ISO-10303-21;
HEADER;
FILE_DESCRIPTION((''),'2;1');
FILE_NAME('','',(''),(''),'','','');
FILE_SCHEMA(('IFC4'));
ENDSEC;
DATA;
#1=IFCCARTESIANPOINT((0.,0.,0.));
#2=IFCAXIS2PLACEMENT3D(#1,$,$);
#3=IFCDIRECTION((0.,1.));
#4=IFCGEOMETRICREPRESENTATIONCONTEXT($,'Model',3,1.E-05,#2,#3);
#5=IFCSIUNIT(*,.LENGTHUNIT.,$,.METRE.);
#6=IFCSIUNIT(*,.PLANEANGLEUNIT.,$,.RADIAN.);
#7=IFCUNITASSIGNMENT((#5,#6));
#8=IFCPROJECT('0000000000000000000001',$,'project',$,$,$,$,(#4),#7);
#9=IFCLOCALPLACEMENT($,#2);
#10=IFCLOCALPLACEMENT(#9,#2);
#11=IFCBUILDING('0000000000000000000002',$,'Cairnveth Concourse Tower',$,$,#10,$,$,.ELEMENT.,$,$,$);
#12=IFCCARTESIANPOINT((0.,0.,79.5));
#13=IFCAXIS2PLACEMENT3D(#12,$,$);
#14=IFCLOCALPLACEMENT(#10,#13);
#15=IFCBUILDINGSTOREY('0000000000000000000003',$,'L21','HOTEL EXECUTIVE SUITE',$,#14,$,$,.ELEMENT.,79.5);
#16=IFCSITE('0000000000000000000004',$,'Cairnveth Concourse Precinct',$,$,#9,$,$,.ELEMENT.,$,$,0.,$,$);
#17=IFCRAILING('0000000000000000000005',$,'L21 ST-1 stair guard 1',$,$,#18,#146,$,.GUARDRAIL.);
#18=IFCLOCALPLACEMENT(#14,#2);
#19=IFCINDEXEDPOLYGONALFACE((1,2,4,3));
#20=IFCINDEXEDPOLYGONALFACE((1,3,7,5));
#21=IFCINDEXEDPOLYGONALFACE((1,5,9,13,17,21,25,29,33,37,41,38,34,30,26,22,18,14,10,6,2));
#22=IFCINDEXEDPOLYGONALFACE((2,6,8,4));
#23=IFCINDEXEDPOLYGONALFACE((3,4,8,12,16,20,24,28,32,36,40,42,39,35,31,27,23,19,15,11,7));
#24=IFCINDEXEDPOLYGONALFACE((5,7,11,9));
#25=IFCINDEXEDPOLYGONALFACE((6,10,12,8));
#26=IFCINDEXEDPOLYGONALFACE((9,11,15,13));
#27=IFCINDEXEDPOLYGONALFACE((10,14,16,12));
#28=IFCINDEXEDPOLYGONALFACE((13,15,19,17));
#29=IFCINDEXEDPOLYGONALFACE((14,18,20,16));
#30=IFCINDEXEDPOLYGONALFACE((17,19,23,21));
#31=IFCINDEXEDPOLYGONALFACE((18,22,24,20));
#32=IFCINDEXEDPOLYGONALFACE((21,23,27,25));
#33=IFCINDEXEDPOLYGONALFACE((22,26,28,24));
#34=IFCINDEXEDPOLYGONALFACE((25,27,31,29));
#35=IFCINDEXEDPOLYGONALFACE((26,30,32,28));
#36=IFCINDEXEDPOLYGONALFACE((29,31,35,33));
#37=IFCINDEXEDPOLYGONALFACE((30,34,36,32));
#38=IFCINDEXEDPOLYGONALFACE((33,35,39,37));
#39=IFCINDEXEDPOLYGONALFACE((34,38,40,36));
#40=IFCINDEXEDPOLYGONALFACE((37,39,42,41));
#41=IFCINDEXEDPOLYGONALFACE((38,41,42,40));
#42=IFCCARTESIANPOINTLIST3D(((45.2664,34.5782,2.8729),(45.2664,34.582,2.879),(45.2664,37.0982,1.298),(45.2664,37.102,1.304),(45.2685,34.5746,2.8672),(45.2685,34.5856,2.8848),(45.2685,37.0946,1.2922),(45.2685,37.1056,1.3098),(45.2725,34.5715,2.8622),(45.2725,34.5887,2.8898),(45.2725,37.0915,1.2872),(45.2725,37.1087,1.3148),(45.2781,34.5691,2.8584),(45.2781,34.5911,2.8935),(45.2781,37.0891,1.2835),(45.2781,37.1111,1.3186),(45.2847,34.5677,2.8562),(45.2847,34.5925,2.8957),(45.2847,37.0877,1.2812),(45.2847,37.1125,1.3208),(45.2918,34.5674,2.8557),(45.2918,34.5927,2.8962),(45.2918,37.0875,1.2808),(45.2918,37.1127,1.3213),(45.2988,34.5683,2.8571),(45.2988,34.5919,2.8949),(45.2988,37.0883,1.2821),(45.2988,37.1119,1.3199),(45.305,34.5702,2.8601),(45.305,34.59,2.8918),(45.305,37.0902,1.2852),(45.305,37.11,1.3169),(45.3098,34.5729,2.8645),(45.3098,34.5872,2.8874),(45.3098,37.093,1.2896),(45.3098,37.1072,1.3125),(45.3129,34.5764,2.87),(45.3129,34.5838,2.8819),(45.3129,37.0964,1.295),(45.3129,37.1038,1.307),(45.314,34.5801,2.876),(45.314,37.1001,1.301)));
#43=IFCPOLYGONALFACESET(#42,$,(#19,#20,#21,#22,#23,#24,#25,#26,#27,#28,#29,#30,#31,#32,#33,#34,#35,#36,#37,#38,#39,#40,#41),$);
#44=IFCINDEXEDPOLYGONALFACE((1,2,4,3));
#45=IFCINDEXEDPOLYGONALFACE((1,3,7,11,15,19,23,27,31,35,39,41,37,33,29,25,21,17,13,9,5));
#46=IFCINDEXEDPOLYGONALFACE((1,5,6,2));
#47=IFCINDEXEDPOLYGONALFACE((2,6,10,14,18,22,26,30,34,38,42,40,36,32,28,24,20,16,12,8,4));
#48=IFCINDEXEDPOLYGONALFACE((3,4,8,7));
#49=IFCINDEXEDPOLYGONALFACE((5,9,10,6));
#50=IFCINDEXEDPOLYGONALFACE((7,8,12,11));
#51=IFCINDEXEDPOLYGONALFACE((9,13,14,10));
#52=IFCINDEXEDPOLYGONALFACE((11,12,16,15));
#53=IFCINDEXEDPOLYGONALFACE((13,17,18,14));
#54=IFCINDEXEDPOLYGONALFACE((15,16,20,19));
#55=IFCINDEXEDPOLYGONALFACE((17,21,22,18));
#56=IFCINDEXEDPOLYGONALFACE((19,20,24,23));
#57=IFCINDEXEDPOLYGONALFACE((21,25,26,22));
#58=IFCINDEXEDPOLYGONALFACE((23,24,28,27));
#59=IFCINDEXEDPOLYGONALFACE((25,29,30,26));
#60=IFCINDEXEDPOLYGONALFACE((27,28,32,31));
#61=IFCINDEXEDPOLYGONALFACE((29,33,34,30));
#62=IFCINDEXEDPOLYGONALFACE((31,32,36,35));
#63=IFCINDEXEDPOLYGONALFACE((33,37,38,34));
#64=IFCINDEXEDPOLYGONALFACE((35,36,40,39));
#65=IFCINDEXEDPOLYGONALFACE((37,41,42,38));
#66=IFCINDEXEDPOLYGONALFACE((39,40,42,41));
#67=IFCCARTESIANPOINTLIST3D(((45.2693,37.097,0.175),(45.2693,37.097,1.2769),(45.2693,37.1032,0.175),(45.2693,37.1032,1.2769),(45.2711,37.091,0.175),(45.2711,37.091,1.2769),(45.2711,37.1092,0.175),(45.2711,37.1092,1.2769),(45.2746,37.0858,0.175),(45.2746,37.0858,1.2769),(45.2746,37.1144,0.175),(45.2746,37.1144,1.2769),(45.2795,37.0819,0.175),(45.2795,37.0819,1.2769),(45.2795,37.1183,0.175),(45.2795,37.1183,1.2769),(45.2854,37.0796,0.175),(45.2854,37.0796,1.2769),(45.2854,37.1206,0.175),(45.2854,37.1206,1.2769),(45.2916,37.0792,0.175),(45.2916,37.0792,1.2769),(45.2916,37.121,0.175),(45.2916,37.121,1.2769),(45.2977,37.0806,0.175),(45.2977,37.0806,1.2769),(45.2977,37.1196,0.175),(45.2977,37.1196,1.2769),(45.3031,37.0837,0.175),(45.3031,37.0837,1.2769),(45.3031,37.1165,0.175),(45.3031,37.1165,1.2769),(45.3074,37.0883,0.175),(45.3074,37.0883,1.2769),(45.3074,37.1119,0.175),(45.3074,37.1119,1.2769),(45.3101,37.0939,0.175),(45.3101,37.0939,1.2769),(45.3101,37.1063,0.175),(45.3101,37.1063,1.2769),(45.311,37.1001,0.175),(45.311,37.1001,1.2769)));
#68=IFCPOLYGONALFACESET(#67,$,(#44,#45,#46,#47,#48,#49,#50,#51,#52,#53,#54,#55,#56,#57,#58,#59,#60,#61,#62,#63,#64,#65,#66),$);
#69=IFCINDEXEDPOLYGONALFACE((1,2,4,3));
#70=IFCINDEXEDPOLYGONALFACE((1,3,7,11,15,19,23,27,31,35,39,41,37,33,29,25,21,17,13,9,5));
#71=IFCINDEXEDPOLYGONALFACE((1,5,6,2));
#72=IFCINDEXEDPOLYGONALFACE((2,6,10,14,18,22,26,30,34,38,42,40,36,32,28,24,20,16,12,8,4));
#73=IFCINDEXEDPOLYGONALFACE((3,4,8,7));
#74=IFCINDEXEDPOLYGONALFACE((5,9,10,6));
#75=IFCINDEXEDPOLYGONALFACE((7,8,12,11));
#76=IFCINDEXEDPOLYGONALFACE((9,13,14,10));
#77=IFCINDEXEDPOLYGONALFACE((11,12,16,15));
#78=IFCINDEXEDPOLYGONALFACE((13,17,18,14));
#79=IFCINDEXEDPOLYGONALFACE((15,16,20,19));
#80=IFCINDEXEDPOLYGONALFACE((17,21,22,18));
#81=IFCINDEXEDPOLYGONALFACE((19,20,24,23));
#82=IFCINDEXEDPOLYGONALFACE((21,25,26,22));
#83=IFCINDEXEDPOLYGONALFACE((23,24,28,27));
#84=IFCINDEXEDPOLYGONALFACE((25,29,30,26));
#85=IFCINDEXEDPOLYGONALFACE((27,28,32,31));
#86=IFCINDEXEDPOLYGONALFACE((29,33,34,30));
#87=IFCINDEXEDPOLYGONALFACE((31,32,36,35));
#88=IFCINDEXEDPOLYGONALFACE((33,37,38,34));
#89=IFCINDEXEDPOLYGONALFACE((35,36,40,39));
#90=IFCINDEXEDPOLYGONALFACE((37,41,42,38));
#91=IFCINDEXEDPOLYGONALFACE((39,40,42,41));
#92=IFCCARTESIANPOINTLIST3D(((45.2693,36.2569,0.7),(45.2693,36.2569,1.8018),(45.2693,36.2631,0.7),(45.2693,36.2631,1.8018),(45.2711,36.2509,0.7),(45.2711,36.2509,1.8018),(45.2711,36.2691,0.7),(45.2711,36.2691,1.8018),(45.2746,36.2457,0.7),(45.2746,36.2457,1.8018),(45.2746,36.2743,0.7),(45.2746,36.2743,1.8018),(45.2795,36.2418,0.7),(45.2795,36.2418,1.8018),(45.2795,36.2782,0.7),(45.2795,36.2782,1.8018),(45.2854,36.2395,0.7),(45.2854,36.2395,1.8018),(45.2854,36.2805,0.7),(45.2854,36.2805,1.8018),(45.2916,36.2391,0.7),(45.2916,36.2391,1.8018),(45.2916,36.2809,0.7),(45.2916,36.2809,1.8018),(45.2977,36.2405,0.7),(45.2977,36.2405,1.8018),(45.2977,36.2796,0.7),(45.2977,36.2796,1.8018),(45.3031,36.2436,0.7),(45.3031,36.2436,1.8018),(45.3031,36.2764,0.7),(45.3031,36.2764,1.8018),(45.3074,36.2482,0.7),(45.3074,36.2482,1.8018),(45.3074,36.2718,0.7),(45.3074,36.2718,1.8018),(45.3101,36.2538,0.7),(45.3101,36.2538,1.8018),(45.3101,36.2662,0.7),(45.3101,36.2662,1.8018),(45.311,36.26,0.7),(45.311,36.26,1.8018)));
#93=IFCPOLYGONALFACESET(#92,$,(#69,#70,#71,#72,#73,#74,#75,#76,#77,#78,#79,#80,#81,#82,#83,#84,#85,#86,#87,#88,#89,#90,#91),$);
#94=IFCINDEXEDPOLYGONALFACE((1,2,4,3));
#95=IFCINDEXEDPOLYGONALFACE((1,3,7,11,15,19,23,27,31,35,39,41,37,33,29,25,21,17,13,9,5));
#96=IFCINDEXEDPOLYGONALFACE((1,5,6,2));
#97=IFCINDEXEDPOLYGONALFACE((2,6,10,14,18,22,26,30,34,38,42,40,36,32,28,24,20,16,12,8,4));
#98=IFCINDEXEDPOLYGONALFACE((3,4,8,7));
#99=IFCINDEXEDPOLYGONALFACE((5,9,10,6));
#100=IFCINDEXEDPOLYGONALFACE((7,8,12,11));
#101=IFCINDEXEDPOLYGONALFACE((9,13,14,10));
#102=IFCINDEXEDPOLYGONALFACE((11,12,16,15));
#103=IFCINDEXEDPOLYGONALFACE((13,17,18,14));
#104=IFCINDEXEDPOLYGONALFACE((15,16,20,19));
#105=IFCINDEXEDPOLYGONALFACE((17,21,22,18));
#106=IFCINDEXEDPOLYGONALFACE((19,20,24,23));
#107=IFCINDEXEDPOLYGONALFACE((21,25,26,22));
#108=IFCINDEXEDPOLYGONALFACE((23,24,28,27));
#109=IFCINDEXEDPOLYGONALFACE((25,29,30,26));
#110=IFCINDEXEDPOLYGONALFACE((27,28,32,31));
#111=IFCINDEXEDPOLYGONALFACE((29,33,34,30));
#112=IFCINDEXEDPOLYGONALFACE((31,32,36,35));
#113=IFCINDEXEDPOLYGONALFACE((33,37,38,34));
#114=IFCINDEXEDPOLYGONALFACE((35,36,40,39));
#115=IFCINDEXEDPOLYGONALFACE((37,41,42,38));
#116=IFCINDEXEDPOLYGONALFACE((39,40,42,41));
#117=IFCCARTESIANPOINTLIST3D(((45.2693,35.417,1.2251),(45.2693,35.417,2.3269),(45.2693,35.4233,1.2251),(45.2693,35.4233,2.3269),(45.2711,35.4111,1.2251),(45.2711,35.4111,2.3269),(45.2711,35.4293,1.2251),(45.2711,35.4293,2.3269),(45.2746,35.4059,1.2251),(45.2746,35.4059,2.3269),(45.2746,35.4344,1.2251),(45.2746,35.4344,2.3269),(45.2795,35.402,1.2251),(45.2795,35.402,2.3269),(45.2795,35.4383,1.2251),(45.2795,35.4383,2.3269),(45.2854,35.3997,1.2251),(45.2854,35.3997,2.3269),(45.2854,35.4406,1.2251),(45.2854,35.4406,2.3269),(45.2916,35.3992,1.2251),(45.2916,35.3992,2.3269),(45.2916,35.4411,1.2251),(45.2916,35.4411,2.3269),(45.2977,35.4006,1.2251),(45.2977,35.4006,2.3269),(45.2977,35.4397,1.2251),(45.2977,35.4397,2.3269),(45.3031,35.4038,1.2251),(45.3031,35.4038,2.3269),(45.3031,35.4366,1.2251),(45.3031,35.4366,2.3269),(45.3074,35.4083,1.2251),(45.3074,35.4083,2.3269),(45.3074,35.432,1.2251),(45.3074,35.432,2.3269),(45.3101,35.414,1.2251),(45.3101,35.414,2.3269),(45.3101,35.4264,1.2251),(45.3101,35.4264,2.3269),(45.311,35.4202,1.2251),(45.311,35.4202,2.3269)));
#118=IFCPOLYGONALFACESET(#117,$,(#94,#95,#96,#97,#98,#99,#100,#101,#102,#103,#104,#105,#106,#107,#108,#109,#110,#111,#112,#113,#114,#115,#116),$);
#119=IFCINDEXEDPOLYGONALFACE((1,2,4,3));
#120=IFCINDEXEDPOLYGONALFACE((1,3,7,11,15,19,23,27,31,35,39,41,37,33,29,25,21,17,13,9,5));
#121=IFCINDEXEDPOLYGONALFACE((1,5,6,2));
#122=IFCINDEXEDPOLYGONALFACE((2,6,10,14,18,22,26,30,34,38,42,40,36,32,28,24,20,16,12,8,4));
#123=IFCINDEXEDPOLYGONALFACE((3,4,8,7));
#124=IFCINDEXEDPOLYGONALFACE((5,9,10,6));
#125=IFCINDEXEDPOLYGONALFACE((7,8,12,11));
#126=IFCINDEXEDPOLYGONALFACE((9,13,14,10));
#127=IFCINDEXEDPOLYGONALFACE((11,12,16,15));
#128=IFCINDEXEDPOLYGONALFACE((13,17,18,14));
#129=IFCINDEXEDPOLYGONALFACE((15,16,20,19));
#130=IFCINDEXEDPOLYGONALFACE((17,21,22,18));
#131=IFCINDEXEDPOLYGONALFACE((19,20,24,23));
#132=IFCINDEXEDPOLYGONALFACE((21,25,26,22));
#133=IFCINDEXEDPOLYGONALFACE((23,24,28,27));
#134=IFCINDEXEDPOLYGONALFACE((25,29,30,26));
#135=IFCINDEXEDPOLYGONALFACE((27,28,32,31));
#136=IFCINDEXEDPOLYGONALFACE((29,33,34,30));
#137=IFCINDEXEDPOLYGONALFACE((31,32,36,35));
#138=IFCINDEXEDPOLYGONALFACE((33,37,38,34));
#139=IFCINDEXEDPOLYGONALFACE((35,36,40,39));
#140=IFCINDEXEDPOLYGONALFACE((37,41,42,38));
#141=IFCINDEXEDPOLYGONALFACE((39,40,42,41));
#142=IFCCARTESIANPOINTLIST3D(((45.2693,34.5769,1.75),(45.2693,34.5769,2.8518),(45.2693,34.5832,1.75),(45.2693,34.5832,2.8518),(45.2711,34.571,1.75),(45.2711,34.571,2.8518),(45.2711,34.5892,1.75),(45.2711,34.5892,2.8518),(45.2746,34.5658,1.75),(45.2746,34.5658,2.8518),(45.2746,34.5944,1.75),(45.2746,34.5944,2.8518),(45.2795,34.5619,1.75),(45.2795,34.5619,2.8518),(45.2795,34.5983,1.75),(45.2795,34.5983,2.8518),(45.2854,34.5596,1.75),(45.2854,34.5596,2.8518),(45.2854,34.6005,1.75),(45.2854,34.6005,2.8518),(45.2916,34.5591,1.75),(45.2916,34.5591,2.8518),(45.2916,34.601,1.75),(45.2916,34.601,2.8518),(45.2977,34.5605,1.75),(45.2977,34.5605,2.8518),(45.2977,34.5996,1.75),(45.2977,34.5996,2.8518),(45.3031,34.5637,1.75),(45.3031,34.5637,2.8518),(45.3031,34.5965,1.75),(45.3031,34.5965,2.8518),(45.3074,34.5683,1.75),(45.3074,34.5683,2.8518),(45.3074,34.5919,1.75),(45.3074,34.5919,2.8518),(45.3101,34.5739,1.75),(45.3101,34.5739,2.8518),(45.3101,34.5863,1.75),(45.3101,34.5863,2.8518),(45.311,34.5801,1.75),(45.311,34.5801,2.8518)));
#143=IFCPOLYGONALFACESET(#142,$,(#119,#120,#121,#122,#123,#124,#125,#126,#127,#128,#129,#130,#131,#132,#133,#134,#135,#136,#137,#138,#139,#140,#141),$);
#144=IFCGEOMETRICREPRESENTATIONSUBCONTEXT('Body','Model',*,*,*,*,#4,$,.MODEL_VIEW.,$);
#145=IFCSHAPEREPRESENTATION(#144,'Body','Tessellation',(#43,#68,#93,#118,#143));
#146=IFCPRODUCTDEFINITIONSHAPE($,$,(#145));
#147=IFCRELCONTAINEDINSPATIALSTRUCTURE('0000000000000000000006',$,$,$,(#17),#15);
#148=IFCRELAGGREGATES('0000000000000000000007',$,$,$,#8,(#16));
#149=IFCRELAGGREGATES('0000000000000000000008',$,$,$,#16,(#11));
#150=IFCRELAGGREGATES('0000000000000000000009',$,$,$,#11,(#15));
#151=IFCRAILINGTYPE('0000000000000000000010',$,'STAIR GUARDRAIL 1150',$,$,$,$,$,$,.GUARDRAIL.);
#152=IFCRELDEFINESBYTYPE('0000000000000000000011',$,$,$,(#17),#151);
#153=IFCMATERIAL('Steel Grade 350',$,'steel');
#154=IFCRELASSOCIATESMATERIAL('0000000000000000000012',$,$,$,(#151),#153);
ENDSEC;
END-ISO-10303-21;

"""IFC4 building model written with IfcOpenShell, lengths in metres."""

from ifc_helpers import new_model, si_unit, direction, frame, origin, origin_2d, place, context, subcontext, project, spatial, circle, extrude, material, type_object, element, save


model = new_model("IFC4")

# Units and contexts
model_context = context("Model", 3, precision=1e-05, world=origin(), true_north=direction((0.0, 1.0)))
body_context = subcontext(model_context, "Body", "Model", "MODEL_VIEW")
ifc_project = project(units=[si_unit("LENGTHUNIT", "METRE"), si_unit("PLANEANGLEUNIT", "RADIAN")], contexts=[model_context])

# Site, building, storey
site_placement = place(None, origin())
site = spatial("IfcSite", under=ifc_project, at=site_placement, Name="Cairnveth Concourse Precinct", CompositionType="ELEMENT", RefElevation=0.0)
building_placement = place(site_placement, origin())
building = spatial("IfcBuilding", under=site, at=building_placement, Name="Cairnveth Concourse Tower", CompositionType="ELEMENT")
storey_placement = place(building_placement, frame((0.0, 0.0, 79.5)))
storey = spatial("IfcBuildingStorey", under=building, at=storey_placement, Name="L21", Description="HOTEL EXECUTIVE SUITE", CompositionType="ELEMENT", Elevation=79.5)

# Shared definitions
ifc_material_1 = material(Name="Steel Grade 350", Category="steel")

# Railing
railing_type_1 = type_object("IfcRailingType", Name="STAIR GUARDRAIL 1150", PredefinedType="GUARDRAIL", material=ifc_material_1)
railing_1_placement = place(storey_placement, frame((45.29, 37.1001, 0.175)))
element("IfcRailing", 1, at=railing_1_placement, inside=storey, type_object=railing_type_1, Name="L21 ST-1 stair guard 1", PredefinedType="GUARDRAIL", context=body_context, shape_type="SweptSolid", body=[
    extrude(circle(Radius=0.0239, at=origin_2d()), frame((0.0, 0.0, 1.126), z_axis=(0.0, -0.848008, 0.529984), x_axis=(1.0, 0.0, 0.0)), (0.0, 0.0, 1.0), 2.9717),
    extrude(circle(Radius=0.021, at=origin_2d()), origin(), (0.0, 0.0, 1.0), 1.1018),
    extrude(circle(Radius=0.021, at=origin_2d()), frame((0.0, -0.8401, 0.5249)), (0.0, 0.0, 1.0), 1.1018),
    extrude(circle(Radius=0.021, at=origin_2d()), frame((0.0, -1.6799, 1.05)), (0.0, 0.0, 1.0), 1.1018),
    extrude(circle(Radius=0.021, at=origin_2d()), frame((0.0, -2.52, 1.575)), (0.0, 0.0, 1.0), 1.1018),
])

save(model, "model.ifc")
